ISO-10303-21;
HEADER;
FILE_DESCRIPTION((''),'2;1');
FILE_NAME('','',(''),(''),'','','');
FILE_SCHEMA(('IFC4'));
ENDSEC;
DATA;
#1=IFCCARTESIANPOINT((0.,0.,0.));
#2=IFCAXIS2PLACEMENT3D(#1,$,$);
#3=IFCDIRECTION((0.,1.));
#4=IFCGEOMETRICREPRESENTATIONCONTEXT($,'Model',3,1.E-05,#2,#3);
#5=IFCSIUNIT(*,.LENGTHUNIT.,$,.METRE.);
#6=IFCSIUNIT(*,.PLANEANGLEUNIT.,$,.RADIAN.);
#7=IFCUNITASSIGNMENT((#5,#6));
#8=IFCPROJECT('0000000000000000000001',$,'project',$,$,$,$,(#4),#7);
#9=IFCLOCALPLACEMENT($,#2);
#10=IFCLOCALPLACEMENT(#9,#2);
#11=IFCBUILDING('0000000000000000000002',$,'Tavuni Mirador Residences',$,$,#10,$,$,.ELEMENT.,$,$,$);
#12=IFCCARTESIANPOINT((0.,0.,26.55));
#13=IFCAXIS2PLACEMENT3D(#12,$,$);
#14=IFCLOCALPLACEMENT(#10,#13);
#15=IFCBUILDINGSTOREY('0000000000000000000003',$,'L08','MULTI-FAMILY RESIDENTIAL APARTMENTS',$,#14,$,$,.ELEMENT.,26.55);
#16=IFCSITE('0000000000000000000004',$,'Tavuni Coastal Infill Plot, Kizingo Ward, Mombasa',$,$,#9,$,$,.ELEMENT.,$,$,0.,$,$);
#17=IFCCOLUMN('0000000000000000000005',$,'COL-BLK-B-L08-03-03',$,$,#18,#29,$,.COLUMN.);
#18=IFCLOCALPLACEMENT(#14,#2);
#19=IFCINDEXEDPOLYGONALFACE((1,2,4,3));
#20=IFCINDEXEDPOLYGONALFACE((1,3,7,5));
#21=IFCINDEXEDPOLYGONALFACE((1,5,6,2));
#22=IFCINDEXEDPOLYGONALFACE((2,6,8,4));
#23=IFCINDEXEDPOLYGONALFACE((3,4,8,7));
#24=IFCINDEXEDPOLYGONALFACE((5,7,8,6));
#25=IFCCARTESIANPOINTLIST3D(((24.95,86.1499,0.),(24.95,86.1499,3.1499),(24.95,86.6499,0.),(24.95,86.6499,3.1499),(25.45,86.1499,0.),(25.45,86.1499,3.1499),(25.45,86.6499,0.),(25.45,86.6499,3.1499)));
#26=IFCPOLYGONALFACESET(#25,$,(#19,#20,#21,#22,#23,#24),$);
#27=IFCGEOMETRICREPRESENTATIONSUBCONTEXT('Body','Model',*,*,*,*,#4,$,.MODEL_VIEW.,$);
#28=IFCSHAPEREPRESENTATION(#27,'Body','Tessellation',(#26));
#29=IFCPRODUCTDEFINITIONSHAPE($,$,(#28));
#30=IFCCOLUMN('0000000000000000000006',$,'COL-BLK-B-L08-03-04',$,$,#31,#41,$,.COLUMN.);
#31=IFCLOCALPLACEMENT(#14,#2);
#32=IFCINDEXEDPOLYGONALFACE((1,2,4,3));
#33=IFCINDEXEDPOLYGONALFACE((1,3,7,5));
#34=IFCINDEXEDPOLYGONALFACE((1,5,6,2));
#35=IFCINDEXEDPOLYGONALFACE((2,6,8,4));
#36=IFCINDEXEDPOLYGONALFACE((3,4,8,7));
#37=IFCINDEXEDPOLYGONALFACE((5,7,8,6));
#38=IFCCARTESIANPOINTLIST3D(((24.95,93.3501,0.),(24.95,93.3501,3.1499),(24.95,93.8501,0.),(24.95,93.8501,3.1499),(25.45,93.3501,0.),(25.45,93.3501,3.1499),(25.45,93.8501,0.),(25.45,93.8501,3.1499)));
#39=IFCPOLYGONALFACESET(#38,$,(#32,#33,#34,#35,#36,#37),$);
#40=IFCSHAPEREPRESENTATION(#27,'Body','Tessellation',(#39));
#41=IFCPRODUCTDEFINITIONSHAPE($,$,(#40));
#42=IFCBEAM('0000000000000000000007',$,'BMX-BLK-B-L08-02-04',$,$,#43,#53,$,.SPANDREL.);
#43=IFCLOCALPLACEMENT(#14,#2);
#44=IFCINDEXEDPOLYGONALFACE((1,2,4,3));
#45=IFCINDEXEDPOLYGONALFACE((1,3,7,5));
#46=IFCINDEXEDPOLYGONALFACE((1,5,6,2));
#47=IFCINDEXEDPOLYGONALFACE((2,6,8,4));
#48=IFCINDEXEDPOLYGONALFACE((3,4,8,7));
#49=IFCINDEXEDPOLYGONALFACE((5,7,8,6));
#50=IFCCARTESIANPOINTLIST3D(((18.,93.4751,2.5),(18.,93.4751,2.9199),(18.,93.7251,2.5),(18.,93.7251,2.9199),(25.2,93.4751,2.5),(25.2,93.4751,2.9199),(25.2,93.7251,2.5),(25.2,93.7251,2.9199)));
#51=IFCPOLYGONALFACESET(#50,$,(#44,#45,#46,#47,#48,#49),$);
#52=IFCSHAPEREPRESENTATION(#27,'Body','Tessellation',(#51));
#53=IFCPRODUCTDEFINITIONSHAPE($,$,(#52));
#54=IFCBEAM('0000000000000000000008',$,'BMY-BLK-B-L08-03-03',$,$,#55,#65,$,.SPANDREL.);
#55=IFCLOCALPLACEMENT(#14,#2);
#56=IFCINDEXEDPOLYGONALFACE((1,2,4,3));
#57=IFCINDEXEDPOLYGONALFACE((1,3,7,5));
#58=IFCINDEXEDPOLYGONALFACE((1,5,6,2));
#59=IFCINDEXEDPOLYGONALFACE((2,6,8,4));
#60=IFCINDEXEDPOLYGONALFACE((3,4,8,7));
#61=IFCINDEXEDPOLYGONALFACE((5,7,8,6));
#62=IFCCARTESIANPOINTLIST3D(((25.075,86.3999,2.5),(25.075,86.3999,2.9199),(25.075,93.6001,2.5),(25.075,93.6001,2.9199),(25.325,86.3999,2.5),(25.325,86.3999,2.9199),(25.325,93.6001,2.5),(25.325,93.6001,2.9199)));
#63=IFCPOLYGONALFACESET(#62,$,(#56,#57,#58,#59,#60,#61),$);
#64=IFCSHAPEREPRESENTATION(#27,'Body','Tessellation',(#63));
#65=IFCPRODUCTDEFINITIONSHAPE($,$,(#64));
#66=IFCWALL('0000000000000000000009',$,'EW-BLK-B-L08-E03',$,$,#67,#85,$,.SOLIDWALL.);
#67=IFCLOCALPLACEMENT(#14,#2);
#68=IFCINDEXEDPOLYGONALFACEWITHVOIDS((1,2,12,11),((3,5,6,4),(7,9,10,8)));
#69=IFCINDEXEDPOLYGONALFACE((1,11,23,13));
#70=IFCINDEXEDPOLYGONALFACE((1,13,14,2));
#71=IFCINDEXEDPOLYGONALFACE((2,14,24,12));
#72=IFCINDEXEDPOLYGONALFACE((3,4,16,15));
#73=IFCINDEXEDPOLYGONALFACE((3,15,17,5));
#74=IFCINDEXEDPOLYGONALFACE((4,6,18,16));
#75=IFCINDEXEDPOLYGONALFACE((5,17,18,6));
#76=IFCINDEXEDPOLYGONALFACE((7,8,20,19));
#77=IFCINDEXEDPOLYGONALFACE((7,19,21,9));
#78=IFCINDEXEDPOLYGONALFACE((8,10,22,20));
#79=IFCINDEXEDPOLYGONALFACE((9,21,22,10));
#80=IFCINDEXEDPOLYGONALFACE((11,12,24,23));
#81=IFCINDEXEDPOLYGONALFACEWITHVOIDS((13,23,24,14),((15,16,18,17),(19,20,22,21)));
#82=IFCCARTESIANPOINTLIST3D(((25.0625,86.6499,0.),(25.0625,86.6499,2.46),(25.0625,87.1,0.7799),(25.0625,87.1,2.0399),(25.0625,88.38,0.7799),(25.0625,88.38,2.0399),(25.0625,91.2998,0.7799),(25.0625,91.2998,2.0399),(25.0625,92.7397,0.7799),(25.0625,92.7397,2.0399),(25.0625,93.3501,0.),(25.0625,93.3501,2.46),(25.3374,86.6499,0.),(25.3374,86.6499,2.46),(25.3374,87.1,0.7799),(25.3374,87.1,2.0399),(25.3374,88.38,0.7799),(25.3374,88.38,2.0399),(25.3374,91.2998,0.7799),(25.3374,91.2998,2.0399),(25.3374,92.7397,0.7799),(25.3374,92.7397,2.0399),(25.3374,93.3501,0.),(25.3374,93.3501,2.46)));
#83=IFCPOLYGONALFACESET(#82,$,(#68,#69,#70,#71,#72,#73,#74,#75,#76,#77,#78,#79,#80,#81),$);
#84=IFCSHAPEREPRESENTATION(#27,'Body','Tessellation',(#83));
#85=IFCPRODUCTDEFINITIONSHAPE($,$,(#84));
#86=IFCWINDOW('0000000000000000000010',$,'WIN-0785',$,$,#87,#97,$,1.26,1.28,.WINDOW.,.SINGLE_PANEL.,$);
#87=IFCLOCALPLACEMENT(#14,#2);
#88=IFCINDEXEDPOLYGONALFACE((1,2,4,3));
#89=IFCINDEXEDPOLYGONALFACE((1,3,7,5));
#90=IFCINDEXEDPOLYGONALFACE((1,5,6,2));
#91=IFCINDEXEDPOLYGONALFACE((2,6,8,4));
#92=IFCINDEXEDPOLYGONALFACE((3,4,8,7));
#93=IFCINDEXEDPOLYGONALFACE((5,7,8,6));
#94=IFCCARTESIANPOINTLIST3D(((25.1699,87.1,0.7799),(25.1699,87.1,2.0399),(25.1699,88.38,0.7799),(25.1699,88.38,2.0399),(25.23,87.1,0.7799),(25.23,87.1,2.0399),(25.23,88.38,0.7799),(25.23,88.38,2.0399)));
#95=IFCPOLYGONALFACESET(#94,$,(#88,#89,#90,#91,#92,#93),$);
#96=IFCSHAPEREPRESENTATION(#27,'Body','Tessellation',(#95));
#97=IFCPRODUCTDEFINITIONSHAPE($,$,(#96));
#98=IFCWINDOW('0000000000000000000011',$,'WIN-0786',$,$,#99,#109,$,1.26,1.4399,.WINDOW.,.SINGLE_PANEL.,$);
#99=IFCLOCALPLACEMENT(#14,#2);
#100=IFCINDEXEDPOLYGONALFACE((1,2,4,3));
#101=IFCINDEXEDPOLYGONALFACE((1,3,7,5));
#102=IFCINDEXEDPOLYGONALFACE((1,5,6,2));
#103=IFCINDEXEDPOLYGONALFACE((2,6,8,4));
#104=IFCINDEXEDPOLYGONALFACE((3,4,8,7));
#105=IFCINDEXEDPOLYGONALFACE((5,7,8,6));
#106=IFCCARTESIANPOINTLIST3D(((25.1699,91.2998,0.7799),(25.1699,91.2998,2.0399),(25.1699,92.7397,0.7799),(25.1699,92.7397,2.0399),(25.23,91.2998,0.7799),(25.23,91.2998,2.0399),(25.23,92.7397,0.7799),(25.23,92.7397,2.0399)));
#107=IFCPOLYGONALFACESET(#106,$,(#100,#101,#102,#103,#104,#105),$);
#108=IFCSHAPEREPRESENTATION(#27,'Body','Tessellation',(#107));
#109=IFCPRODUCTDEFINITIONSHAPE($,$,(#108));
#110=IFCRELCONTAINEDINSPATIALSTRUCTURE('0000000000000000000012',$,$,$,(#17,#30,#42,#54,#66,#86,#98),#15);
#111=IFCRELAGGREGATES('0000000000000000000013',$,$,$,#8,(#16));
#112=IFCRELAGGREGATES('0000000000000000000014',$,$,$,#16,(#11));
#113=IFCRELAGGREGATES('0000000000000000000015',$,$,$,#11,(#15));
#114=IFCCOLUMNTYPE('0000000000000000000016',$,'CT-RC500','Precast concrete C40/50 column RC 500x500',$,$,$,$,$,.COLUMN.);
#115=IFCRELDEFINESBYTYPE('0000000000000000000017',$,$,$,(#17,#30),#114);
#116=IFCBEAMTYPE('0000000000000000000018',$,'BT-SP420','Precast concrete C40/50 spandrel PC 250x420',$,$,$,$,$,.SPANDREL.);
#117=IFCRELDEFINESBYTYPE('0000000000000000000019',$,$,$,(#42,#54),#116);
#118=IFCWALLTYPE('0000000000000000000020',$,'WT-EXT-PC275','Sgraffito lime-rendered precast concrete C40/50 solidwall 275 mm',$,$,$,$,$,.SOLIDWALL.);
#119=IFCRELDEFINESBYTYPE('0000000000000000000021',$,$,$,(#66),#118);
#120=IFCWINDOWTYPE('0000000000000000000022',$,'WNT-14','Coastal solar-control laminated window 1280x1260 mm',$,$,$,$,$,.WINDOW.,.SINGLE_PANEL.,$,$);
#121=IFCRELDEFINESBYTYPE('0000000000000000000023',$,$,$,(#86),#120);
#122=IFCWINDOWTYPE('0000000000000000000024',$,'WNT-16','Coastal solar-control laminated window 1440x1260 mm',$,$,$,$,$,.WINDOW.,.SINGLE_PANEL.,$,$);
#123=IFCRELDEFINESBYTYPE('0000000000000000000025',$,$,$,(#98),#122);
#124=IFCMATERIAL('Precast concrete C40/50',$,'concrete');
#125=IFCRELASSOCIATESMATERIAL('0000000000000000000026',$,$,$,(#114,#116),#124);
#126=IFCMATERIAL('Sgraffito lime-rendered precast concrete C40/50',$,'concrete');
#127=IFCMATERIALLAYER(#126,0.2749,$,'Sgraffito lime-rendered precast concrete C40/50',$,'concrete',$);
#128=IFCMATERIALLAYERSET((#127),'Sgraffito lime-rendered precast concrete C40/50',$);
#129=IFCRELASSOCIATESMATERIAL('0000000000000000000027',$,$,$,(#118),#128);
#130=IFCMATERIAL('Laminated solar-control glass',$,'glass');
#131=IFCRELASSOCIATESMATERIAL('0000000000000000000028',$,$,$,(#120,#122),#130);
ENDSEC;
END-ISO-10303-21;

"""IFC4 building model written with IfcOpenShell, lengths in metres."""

from ifc_helpers import new_model, si_unit, direction, frame, frame_2d, origin, origin_2d, place, context, subcontext, project, spatial, rectangle, extrude, material, layer, layer_set, material_profile, profile_set, type_object, element, fill, save


model = new_model("IFC4")

# Units and contexts
model_context = context("Model", 3, precision=1e-05, world=origin(), true_north=direction((0.0, 1.0)))
body_context = subcontext(model_context, "Body", "Model", "MODEL_VIEW")
ifc_project = project(units=[si_unit("LENGTHUNIT", "METRE"), si_unit("PLANEANGLEUNIT", "RADIAN")], contexts=[model_context])

# Site, building, storey
site_placement = place(None, origin())
site = spatial("IfcSite", under=ifc_project, at=site_placement, Name="Tavuni Coastal Infill Plot, Kizingo Ward, Mombasa", CompositionType="ELEMENT", RefElevation=0.0)
building_placement = place(site_placement, origin())
building = spatial("IfcBuilding", under=site, at=building_placement, Name="Tavuni Mirador Residences", CompositionType="ELEMENT")
storey_placement = place(building_placement, frame((0.0, 0.0, 26.55)))
storey = spatial("IfcBuildingStorey", under=building, at=storey_placement, Name="L08", Description="MULTI-FAMILY RESIDENTIAL APARTMENTS", CompositionType="ELEMENT", Elevation=26.55)

# Columns
ifc_material_1 = material(Name="Precast concrete C40/50", Category="concrete")
ifc_material_profile_1 = material_profile(ifc_material_1, rectangle(XDim=0.5, YDim=0.5, at=origin_2d()), Name="RC 500x500", Category="concrete")
ifc_profile_set_1 = profile_set([ifc_material_profile_1], Name="Precast concrete C40/50")
column_type = type_object("IfcColumnType", Name="CT-RC500", Description="Precast concrete C40/50 column RC 500x500", PredefinedType="COLUMN", material=ifc_profile_set_1)
for number, where, z_axis, x_axis, name in (
    (1, (25.2, 86.3999, 0.0), (0.0, 0.0, 1.0), (1.0, 0.0, 0.0), "COL-BLK-B-L08-03-03"),
    (2, (25.2, 93.6001, 0.0), (0.0, 0.0, 1.0), (1.0, 0.0, 0.0), "COL-BLK-B-L08-03-04"),
):
    element("IfcColumn", number, at=place(storey_placement, frame(where, z_axis=z_axis, x_axis=x_axis)), inside=storey, type_object=column_type, Name=name, PredefinedType="COLUMN", context=body_context, shape_type="SweptSolid", body=[
        extrude(rectangle(XDim=0.5, YDim=0.5, at=origin_2d()), origin(), (0.0, 0.0, 1.0), 3.1499),
    ])

# Beams
ifc_material_profile_2 = material_profile(ifc_material_1, rectangle(XDim=0.25, YDim=0.4199, at=origin_2d()), Name="PC 250x420", Category="concrete")
ifc_profile_set_2 = profile_set([ifc_material_profile_2], Name="Precast concrete C40/50")
beam_type = type_object("IfcBeamType", Name="BT-SP420", Description="Precast concrete C40/50 spandrel PC 250x420", PredefinedType="SPANDREL", material=ifc_profile_set_2)
beam_1_placement = place(storey_placement, frame((18.0, 93.6001, 2.71), z_axis=(1.0, 0.0, 0.0), x_axis=(0.0, 1.0, 0.0)))
element("IfcBeam", 3, at=beam_1_placement, inside=storey, type_object=beam_type, Name="BMX-BLK-B-L08-02-04", PredefinedType="SPANDREL", context=body_context, shape_type="SweptSolid", body=[
    extrude(rectangle(XDim=0.25, YDim=0.4199, at=origin_2d()), origin(), (0.0, 0.0, 1.0), 7.2),
])
beam_2_placement = place(storey_placement, frame((25.2, 86.3999, 2.71), z_axis=(0.0, 1.0, 0.0), x_axis=(-1.0, 0.0, 0.0)))
element("IfcBeam", 4, at=beam_2_placement, inside=storey, type_object=beam_type, Name="BMY-BLK-B-L08-03-03", PredefinedType="SPANDREL", context=body_context, shape_type="SweptSolid", body=[
    extrude(rectangle(XDim=0.25, YDim=0.4199, at=origin_2d()), origin(), (0.0, 0.0, 1.0), 7.2002),
])

# Wall, openings, windows
ifc_material_2 = material(Name="Sgraffito lime-rendered precast concrete C40/50", Category="concrete")
ifc_layer_1 = layer(ifc_material_2, 0.2749, Name="Sgraffito lime-rendered precast concrete C40/50", Category="concrete")
ifc_layer_set_1 = layer_set([ifc_layer_1], Name="Sgraffito lime-rendered precast concrete C40/50")
wall_type_1 = type_object("IfcWallType", Name="WT-EXT-PC275", Description="Sgraffito lime-rendered precast concrete C40/50 solidwall 275 mm", PredefinedType="SOLIDWALL", material=ifc_layer_set_1)
wall_1_placement = place(storey_placement, frame((25.2, 86.6499, 0.0), z_axis=(0.0, 0.0, 1.0), x_axis=(0.0, 1.0, 0.0)))
wall_1 = element("IfcWall", 5, at=wall_1_placement, inside=storey, type_object=wall_type_1, Name="EW-BLK-B-L08-E03", PredefinedType="SOLIDWALL", context=body_context, shape_type="SweptSolid", body=[
    extrude(rectangle(XDim=6.7002, YDim=0.2749, at=frame_2d((3.3501, 0.0))), origin(), (0.0, 0.0, 1.0), 2.46),
])
opening_1_placement = place(wall_1_placement, frame((0.45, 0.0, 0.78)))
opening_1 = element("IfcOpeningElement", 6, at=opening_1_placement, cuts=wall_1, PredefinedType="OPENING", context=body_context, shape_type="SweptSolid", body=[
    extrude(rectangle(XDim=1.28, YDim=1.26, at=frame_2d((0.6401, 0.6299))), frame((0.0, 0.1475, 0.0), z_axis=(0.0, -1.0, 0.0), x_axis=(1.0, 0.0, 0.0)), (0.0, 0.0, 1.0), 0.2949),
])
opening_2_placement = place(wall_1_placement, frame((4.6499, 0.0, 0.78)))
opening_2 = element("IfcOpeningElement", 7, at=opening_2_placement, cuts=wall_1, PredefinedType="OPENING", context=body_context, shape_type="SweptSolid", body=[
    extrude(rectangle(XDim=1.4399, YDim=1.26, at=frame_2d((0.72, 0.6299))), frame((0.0, 0.1475, 0.0), z_axis=(0.0, -1.0, 0.0), x_axis=(1.0, 0.0, 0.0)), (0.0, 0.0, 1.0), 0.2949),
])
ifc_material_3 = material(Name="Laminated solar-control glass", Category="glass")
window_type_1 = type_object("IfcWindowType", Name="WNT-14", Description="Coastal solar-control laminated window 1280x1260 mm", PartitioningType="SINGLE_PANEL", PredefinedType="WINDOW", material=ifc_material_3)
window_1_placement = place(opening_1_placement, origin())
window_1 = element("IfcWindow", 8, at=window_1_placement, inside=storey, type_object=window_type_1, Name="WIN-0785", OverallHeight=1.26, OverallWidth=1.28, PartitioningType="SINGLE_PANEL", PredefinedType="WINDOW", context=body_context, shape_type="SweptSolid", body=[
    extrude(rectangle(XDim=1.28, YDim=1.26, at=frame_2d((0.6401, 0.6299))), frame((0.0, 0.03, 0.0), z_axis=(0.0, -1.0, 0.0), x_axis=(1.0, 0.0, 0.0)), (0.0, 0.0, 1.0), 0.0601),
])
fill(opening_1, window_1)
window_type_2 = type_object("IfcWindowType", Name="WNT-16", Description="Coastal solar-control laminated window 1440x1260 mm", PartitioningType="SINGLE_PANEL", PredefinedType="WINDOW", material=ifc_material_3)
window_2_placement = place(opening_2_placement, origin())
window_2 = element("IfcWindow", 9, at=window_2_placement, inside=storey, type_object=window_type_2, Name="WIN-0786", OverallHeight=1.26, OverallWidth=1.4399, PartitioningType="SINGLE_PANEL", PredefinedType="WINDOW", context=body_context, shape_type="SweptSolid", body=[
    extrude(rectangle(XDim=1.4399, YDim=1.26, at=frame_2d((0.72, 0.6299))), frame((0.0, 0.03, 0.0), z_axis=(0.0, -1.0, 0.0), x_axis=(1.0, 0.0, 0.0)), (0.0, 0.0, 1.0), 0.0601),
])
fill(opening_2, window_2)

save(model, "model.ifc")
